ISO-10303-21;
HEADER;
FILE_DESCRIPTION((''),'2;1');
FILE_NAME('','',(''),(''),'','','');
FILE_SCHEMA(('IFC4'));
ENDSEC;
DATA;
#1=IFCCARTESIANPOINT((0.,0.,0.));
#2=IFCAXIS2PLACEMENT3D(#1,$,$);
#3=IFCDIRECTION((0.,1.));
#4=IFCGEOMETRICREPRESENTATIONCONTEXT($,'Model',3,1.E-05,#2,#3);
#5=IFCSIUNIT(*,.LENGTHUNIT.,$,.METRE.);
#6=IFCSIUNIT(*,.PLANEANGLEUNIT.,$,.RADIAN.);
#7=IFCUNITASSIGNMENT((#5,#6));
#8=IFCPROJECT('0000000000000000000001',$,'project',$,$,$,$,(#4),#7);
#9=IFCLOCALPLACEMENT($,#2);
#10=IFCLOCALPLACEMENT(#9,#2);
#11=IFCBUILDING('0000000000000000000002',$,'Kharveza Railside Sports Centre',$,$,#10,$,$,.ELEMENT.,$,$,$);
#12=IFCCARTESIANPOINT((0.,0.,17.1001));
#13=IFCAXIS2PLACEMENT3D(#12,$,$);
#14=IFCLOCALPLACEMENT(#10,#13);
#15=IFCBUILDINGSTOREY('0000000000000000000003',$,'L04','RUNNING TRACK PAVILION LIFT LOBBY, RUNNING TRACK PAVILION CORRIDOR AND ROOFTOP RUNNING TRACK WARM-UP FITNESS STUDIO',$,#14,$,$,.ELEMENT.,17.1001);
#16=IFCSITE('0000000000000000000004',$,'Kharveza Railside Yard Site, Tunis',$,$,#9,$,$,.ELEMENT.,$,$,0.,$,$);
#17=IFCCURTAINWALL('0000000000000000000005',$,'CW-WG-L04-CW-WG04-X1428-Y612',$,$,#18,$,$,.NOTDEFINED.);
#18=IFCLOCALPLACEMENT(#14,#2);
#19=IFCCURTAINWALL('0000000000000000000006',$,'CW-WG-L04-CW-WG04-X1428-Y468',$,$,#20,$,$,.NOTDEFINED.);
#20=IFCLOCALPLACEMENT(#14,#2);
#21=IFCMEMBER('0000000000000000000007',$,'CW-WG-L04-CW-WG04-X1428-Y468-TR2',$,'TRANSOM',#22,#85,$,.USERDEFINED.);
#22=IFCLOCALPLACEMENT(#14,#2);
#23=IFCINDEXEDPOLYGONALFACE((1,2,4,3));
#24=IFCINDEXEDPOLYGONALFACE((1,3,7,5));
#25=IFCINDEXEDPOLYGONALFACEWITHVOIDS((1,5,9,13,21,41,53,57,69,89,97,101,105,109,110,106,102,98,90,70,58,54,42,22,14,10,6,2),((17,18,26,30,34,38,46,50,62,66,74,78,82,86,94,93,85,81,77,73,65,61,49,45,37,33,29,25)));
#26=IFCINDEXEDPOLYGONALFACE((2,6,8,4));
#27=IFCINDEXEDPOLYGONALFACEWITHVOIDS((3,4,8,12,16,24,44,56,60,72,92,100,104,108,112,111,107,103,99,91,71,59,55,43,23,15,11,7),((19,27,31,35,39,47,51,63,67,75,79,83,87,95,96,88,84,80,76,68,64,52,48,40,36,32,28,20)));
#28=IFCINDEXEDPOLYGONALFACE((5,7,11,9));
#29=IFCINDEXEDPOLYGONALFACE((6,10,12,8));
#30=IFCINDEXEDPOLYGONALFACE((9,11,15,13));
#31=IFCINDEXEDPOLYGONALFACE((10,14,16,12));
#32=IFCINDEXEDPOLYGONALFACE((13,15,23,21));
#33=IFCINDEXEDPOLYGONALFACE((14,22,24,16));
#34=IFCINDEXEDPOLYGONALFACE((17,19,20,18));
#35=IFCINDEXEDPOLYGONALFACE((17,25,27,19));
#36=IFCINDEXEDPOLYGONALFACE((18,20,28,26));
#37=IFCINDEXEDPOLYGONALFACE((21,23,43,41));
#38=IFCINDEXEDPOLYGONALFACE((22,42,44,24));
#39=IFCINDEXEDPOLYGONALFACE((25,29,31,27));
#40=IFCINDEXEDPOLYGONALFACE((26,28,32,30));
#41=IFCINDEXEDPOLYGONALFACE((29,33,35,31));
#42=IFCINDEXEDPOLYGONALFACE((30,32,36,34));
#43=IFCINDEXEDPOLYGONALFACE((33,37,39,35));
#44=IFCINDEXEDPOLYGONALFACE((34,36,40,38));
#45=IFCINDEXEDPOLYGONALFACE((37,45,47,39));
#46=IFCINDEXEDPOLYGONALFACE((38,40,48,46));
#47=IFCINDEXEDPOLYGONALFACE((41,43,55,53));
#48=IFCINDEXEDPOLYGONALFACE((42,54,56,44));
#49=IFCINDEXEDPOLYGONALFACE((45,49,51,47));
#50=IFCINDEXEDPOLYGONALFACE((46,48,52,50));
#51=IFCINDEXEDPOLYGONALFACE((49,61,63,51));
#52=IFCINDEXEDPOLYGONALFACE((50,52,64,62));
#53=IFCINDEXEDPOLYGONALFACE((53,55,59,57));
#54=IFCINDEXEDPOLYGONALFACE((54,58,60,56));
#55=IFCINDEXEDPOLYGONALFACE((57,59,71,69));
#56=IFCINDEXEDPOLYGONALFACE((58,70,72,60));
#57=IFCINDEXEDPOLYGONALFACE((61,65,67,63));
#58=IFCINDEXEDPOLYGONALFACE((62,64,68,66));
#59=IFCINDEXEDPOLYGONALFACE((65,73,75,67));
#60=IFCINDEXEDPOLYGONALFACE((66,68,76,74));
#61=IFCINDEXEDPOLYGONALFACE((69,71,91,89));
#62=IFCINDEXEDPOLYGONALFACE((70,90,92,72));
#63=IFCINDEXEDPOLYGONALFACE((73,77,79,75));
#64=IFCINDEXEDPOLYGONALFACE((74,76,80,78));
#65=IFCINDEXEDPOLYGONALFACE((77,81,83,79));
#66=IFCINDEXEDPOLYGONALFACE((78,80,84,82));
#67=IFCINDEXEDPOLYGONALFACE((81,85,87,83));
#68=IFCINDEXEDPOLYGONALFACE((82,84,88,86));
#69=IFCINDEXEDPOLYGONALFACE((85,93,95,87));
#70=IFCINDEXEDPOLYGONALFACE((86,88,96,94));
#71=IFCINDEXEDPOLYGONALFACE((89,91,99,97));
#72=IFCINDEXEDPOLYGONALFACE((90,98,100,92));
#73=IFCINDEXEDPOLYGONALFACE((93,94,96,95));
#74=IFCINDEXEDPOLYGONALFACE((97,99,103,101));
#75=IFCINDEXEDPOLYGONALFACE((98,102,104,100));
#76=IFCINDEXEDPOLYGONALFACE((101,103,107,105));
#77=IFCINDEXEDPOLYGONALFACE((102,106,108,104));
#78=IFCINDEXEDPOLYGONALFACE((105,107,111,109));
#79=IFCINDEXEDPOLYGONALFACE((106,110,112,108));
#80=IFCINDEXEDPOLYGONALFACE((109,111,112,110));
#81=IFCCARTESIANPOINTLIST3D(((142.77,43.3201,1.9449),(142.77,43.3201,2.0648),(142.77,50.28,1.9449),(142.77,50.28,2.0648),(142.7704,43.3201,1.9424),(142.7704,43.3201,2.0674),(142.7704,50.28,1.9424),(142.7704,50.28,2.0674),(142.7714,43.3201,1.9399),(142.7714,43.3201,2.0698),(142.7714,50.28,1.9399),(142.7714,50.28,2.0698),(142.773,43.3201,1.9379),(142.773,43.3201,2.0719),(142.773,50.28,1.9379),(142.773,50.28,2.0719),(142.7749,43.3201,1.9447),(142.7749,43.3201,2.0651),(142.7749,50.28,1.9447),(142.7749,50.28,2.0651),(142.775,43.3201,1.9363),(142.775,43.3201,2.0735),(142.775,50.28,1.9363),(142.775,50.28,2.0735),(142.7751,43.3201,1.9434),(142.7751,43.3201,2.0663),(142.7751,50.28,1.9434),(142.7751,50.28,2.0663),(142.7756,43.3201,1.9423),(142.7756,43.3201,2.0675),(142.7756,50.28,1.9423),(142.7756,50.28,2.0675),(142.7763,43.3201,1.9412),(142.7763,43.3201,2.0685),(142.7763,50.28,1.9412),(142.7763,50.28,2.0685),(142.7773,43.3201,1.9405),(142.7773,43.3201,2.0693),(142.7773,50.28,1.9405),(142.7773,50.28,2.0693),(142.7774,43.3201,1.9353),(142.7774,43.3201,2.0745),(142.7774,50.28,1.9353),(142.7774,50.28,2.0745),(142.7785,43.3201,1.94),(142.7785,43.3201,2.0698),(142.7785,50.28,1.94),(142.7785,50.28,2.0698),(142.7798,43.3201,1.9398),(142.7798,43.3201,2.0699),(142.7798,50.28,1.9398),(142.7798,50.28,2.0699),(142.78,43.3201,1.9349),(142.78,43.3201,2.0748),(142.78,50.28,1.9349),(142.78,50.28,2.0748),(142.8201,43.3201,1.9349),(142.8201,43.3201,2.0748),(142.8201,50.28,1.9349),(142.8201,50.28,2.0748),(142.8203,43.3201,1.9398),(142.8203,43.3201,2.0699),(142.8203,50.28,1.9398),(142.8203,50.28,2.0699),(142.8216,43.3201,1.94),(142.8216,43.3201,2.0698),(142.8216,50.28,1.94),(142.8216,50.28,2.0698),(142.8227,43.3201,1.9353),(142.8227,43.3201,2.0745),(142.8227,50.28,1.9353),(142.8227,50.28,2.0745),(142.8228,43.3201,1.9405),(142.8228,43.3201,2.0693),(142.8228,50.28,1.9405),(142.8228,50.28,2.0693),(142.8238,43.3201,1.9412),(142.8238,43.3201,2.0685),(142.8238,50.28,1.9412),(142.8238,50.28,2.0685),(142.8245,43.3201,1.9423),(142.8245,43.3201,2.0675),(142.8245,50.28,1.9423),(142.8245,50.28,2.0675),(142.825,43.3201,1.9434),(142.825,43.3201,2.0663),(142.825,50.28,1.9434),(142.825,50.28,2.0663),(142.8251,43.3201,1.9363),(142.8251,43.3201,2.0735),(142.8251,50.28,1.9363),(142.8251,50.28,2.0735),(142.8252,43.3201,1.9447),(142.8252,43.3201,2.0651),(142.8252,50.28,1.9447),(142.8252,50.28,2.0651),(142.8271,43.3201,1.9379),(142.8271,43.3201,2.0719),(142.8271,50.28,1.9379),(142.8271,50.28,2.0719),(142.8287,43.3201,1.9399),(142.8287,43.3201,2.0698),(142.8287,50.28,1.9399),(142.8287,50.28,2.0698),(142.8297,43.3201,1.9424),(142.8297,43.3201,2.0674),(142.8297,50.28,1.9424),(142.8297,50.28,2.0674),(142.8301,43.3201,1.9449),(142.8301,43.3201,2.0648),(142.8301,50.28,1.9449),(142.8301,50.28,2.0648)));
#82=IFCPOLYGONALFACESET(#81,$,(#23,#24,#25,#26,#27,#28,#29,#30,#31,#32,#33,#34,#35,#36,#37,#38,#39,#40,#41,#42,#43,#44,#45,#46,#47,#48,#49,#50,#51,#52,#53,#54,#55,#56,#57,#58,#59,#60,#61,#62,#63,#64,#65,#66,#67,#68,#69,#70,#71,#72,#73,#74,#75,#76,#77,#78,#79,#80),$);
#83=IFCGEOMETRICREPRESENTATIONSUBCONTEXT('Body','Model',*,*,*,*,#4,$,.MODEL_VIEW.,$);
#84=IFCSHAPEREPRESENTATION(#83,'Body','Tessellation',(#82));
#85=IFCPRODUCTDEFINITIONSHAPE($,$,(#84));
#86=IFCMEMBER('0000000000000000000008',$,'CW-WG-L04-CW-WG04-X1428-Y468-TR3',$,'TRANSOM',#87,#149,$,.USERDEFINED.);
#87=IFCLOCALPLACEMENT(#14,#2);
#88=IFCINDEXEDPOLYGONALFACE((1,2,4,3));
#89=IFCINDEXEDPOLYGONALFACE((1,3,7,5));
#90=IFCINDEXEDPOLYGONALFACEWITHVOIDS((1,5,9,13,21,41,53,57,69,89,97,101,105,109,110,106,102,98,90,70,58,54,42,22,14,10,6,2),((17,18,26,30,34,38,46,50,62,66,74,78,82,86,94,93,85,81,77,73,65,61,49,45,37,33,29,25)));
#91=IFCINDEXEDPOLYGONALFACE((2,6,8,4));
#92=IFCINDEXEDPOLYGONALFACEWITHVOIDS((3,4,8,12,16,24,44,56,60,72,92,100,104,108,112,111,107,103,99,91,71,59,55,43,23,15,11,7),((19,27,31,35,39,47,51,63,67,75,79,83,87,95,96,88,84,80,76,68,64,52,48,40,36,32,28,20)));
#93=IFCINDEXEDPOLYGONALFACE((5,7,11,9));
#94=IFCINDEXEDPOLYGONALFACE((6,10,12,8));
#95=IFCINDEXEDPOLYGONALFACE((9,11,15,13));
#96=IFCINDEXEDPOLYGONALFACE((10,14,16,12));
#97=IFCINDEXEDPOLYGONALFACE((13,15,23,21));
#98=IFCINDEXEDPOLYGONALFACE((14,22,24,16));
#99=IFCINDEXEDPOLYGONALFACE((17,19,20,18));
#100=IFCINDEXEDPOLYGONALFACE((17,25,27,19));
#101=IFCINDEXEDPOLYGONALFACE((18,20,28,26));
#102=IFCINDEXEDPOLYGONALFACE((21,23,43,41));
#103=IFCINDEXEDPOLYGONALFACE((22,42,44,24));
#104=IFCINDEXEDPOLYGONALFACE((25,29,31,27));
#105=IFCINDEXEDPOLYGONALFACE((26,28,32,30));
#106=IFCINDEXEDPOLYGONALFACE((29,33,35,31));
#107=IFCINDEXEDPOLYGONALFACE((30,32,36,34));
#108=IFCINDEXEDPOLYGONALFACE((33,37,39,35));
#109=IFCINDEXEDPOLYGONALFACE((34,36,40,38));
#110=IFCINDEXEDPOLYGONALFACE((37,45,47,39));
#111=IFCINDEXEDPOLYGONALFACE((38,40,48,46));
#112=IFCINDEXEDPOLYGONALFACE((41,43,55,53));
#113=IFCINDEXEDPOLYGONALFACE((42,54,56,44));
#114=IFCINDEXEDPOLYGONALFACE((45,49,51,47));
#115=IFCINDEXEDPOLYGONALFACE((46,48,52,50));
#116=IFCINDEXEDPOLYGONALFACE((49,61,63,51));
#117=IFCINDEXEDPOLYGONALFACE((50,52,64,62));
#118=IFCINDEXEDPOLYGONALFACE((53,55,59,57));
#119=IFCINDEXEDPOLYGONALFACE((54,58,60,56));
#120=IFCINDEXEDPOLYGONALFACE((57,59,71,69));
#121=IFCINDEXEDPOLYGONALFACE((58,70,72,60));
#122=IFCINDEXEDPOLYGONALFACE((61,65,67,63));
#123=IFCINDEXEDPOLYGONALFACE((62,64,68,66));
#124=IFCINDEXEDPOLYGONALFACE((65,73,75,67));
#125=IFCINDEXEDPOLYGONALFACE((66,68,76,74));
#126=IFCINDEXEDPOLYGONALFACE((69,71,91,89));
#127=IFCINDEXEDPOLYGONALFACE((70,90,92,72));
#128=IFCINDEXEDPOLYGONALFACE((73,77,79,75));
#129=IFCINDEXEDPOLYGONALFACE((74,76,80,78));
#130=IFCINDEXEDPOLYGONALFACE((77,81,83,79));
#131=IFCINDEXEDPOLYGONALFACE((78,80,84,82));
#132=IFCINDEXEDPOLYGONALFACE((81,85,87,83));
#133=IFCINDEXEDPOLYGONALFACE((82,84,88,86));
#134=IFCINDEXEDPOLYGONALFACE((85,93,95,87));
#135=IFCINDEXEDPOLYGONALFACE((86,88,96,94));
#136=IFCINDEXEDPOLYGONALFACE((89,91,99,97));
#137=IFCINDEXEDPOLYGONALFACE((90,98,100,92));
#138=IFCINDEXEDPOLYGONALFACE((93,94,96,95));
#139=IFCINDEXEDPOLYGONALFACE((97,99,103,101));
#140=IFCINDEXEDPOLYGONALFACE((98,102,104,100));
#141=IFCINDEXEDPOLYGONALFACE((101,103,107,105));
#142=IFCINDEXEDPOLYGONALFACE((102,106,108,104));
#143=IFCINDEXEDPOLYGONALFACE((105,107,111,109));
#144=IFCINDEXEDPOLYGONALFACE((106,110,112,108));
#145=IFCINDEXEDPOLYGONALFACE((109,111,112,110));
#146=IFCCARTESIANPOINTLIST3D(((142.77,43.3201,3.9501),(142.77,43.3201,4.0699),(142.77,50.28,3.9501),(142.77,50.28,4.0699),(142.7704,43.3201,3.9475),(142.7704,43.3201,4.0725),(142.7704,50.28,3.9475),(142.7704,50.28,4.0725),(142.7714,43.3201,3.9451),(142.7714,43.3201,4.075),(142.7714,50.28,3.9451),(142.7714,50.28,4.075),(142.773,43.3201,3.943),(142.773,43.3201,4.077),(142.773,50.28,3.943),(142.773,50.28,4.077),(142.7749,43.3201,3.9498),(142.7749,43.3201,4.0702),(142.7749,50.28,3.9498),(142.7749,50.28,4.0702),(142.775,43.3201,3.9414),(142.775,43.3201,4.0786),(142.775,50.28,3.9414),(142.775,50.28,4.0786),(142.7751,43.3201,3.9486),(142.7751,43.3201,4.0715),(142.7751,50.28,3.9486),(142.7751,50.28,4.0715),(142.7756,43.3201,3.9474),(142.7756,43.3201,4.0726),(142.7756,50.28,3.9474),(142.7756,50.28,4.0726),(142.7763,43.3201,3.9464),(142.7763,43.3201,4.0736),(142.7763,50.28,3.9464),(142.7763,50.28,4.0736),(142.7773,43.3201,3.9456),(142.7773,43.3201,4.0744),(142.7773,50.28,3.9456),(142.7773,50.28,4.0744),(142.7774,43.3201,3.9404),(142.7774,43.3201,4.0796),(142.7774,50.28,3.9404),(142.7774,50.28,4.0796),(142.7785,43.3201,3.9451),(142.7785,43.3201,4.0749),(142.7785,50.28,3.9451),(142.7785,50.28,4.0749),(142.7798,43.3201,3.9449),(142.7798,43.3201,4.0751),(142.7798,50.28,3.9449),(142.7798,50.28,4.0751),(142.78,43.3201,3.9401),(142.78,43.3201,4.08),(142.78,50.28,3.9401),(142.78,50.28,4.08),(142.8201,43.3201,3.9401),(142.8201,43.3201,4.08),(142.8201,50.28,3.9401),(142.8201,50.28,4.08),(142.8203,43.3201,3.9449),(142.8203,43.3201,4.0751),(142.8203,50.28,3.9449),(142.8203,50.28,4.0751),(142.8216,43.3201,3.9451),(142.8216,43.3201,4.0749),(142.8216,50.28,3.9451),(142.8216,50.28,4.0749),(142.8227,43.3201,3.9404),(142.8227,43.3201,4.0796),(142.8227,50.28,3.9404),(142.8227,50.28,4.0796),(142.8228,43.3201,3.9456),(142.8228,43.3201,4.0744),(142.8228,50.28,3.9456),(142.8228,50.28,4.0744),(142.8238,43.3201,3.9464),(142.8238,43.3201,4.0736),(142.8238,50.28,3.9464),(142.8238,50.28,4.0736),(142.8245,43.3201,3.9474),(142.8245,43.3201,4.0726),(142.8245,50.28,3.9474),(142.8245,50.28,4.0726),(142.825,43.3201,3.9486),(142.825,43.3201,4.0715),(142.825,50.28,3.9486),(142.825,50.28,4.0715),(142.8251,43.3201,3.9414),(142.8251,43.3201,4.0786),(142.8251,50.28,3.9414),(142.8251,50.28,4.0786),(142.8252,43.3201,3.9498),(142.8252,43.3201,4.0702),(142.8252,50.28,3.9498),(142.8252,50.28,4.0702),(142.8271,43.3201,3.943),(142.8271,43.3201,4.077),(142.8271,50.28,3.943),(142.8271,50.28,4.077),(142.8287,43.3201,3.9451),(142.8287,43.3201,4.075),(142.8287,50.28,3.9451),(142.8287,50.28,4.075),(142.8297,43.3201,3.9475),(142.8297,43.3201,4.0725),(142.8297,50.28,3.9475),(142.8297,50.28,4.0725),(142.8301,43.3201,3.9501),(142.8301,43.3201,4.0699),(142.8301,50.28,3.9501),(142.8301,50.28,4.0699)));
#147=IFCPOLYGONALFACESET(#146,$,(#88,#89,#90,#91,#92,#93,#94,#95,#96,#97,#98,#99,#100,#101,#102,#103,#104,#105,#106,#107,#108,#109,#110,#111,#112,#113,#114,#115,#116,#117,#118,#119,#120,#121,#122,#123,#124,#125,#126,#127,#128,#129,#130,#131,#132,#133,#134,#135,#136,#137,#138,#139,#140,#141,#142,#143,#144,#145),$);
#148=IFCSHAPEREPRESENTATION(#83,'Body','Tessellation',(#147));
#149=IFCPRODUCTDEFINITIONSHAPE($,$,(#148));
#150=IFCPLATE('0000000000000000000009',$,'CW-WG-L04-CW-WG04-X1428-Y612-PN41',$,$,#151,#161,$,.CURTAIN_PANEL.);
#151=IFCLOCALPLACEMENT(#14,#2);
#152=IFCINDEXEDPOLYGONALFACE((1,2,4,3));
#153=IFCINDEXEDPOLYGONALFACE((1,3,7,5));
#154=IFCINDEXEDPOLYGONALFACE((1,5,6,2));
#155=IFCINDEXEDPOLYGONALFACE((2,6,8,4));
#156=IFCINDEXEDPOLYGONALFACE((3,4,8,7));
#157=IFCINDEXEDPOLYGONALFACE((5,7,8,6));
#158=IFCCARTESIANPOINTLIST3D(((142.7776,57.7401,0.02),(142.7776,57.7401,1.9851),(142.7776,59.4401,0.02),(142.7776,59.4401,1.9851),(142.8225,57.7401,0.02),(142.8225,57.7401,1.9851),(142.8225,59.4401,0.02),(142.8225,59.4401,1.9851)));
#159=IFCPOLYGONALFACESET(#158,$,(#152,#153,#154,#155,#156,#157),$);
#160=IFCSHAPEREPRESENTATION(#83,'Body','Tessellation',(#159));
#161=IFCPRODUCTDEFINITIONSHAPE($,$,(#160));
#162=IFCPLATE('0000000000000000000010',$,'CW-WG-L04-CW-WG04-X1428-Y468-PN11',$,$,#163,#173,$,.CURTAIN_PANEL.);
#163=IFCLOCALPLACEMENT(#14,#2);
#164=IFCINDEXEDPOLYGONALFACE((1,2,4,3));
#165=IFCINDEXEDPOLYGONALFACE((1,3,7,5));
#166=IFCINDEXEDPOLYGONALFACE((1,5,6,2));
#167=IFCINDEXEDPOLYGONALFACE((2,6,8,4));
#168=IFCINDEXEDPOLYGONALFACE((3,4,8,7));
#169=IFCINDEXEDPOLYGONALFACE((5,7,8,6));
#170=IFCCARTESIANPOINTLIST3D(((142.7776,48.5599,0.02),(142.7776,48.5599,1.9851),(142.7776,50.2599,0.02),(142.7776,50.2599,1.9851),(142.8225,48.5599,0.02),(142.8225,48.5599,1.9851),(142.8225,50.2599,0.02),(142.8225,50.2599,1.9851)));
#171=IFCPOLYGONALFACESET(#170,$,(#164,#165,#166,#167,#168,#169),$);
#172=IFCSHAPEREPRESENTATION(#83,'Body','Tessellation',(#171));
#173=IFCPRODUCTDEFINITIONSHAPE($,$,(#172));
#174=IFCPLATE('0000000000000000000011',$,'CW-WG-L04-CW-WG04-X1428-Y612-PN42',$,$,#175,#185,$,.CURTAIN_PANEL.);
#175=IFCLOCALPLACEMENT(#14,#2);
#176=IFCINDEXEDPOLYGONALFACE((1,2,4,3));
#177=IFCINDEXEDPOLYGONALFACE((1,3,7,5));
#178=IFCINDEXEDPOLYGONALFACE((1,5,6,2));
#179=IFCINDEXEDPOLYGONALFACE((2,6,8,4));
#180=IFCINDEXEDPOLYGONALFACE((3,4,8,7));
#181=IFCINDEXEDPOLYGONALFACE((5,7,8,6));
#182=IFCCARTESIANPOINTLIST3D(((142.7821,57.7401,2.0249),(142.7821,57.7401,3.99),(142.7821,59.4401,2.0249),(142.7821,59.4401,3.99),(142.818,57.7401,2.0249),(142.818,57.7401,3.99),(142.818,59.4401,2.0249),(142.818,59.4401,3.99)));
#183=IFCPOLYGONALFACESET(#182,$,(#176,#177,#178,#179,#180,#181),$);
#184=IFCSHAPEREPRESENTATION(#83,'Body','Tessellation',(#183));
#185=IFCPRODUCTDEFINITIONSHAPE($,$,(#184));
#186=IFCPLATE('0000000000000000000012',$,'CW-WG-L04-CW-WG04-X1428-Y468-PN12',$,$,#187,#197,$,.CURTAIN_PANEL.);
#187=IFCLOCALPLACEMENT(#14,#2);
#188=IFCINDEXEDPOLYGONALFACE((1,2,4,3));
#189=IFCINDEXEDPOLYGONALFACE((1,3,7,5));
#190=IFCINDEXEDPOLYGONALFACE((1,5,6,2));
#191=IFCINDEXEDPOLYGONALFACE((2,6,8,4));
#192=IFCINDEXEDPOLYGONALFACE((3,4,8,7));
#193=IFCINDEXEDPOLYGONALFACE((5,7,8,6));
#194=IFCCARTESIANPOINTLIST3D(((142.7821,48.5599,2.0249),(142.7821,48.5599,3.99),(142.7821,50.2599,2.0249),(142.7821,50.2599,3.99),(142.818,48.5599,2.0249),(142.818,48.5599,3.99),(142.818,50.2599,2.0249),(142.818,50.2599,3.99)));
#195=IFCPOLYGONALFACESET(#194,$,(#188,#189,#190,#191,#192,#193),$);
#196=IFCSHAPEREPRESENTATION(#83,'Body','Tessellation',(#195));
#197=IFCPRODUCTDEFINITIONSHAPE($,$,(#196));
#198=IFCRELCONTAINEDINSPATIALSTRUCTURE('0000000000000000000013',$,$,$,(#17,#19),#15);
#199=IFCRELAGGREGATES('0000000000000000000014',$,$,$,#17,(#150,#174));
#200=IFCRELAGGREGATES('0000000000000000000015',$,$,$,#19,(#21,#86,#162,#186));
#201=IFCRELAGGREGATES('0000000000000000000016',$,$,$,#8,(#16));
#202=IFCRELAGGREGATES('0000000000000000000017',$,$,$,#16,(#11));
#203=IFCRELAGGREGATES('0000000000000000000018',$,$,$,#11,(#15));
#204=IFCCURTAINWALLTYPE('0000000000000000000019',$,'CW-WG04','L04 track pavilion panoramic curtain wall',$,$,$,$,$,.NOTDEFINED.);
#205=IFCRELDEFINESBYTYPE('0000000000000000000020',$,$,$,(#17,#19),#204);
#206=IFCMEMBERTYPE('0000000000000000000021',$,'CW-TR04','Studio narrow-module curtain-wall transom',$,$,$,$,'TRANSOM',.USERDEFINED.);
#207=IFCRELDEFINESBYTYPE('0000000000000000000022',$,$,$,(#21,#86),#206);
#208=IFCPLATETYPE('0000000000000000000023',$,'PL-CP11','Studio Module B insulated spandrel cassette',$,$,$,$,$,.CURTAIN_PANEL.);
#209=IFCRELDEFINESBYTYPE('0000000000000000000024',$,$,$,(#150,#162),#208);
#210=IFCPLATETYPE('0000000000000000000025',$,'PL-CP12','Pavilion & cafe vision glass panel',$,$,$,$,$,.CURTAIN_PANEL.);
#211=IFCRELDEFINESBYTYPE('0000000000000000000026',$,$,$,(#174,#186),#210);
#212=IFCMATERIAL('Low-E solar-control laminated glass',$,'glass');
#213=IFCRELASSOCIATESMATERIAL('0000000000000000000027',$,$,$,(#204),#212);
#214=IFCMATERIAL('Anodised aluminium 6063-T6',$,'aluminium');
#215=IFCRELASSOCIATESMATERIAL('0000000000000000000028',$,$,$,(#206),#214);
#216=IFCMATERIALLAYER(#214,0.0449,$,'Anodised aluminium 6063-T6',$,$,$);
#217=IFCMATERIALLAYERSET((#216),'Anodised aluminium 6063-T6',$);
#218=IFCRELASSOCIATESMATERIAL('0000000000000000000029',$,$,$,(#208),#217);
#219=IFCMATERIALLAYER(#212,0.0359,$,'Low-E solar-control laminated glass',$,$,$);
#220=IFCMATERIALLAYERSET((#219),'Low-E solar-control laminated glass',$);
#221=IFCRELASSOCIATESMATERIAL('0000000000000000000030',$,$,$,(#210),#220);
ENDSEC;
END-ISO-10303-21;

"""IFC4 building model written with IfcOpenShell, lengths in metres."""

from ifc_helpers import new_model, si_unit, direction, frame, origin, origin_2d, place, context, subcontext, project, spatial, rectangle, hollow_rectangle, extrude, material, layer, layer_set, material_profile, profile_set, type_object, element, aggregate, save


model = new_model("IFC4")

# Units and contexts
model_context = context("Model", 3, precision=1e-05, world=origin(), true_north=direction((0.0, 1.0)))
body_context = subcontext(model_context, "Body", "Model", "MODEL_VIEW")
ifc_project = project(units=[si_unit("LENGTHUNIT", "METRE"), si_unit("PLANEANGLEUNIT", "RADIAN")], contexts=[model_context])

# Site, building, storey
site_placement = place(None, origin())
site = spatial("IfcSite", under=ifc_project, at=site_placement, Name="Kharveza Railside Yard Site, Tunis", CompositionType="ELEMENT", RefElevation=0.0)
building_placement = place(site_placement, origin())
building = spatial("IfcBuilding", under=site, at=building_placement, Name="Kharveza Railside Sports Centre", CompositionType="ELEMENT")
storey_placement = place(building_placement, frame((0.0, 0.0, 17.1001)))
storey = spatial("IfcBuildingStorey", under=building, at=storey_placement, Name="L04", Description="RUNNING TRACK PAVILION LIFT LOBBY, RUNNING TRACK PAVILION CORRIDOR AND ROOFTOP RUNNING TRACK WARM-UP FITNESS STUDIO", CompositionType="ELEMENT", Elevation=17.1001)

# Curtain wall
ifc_material_1 = material(Name="Low-E solar-control laminated glass", Category="glass")
curtain_wall_type = type_object("IfcCurtainWallType", Name="CW-WG04", Description="L04 track pavilion panoramic curtain wall", PredefinedType="NOTDEFINED", material=ifc_material_1)
curtain_wall_1_placement = place(storey_placement, origin())
curtain_wall_1 = element("IfcCurtainWall", 1, at=curtain_wall_1_placement, inside=storey, type_object=curtain_wall_type, Name="CW-WG-L04-CW-WG04-X1428-Y612", PredefinedType="NOTDEFINED")
ifc_material_2 = material(Name="Anodised aluminium 6063-T6", Category="aluminium")

# Curtain wall, members
curtain_wall_2_placement = place(storey_placement, origin())
curtain_wall_2 = element("IfcCurtainWall", 2, at=curtain_wall_2_placement, inside=storey, type_object=curtain_wall_type, Name="CW-WG-L04-CW-WG04-X1428-Y468", PredefinedType="NOTDEFINED")
ifc_material_profile_1 = material_profile(ifc_material_2, hollow_rectangle(XDim=0.0601, YDim=0.1399, WallThickness=0.0049, InnerFilletRadius=0.0049, OuterFilletRadius=0.01, at=origin_2d()), Name="RHS 60x140x5.0")
ifc_profile_set_1 = profile_set([ifc_material_profile_1], Name="Anodised aluminium 6063-T6")
member_type_1 = type_object("IfcMemberType", Name="CW-TR04", Description="Studio narrow-module curtain-wall transom", ElementType="TRANSOM", PredefinedType="USERDEFINED", material=ifc_profile_set_1)
member_1_placement = place(storey_placement, frame((142.8, 50.28, 2.0049), z_axis=(0.0, -1.0, 0.0), x_axis=(1.0, 0.0, 0.0)))
member_1 = element("IfcMember", 3, at=member_1_placement, type_object=member_type_1, Name="CW-WG-L04-CW-WG04-X1428-Y468-TR2", ObjectType="TRANSOM", PredefinedType="USERDEFINED", context=body_context, shape_type="SweptSolid", body=[
    extrude(hollow_rectangle(XDim=0.0601, YDim=0.1399, WallThickness=0.0049, InnerFilletRadius=0.0049, OuterFilletRadius=0.01, at=origin_2d()), origin(), (0.0, 0.0, 1.0), 6.96),
])
member_2_placement = place(storey_placement, frame((142.8, 50.28, 4.01), z_axis=(0.0, -1.0, 0.0), x_axis=(1.0, 0.0, 0.0)))
member_2 = element("IfcMember", 4, at=member_2_placement, type_object=member_type_1, Name="CW-WG-L04-CW-WG04-X1428-Y468-TR3", ObjectType="TRANSOM", PredefinedType="USERDEFINED", context=body_context, shape_type="SweptSolid", body=[
    extrude(hollow_rectangle(XDim=0.0601, YDim=0.1399, WallThickness=0.0049, InnerFilletRadius=0.0049, OuterFilletRadius=0.01, at=origin_2d()), origin(), (0.0, 0.0, 1.0), 6.96),
])

# Plates
ifc_layer_1 = layer(ifc_material_2, 0.0449, Name="Anodised aluminium 6063-T6")
ifc_layer_set_1 = layer_set([ifc_layer_1], Name="Anodised aluminium 6063-T6")
plate_type_1 = type_object("IfcPlateType", Name="PL-CP11", Description="Studio Module B insulated spandrel cassette", PredefinedType="CURTAIN_PANEL", material=ifc_layer_set_1)
plate_1_placement = place(storey_placement, frame((142.8, 58.5901, 0.02), z_axis=(0.0, 0.0, 1.0), x_axis=(0.0, -1.0, 0.0)))
plate_1 = element("IfcPlate", 5, at=plate_1_placement, type_object=plate_type_1, Name="CW-WG-L04-CW-WG04-X1428-Y612-PN41", PredefinedType="CURTAIN_PANEL", context=body_context, shape_type="SweptSolid", body=[
    extrude(rectangle(XDim=1.7, YDim=0.0449, at=origin_2d()), origin(), (0.0, 0.0, 1.0), 1.9651),
])
plate_2_placement = place(storey_placement, frame((142.8, 49.4099, 0.02), z_axis=(0.0, 0.0, 1.0), x_axis=(0.0, -1.0, 0.0)))
plate_2 = element("IfcPlate", 6, at=plate_2_placement, type_object=plate_type_1, Name="CW-WG-L04-CW-WG04-X1428-Y468-PN11", PredefinedType="CURTAIN_PANEL", context=body_context, shape_type="SweptSolid", body=[
    extrude(rectangle(XDim=1.7, YDim=0.0449, at=origin_2d()), origin(), (0.0, 0.0, 1.0), 1.9651),
])
ifc_layer_2 = layer(ifc_material_1, 0.0359, Name="Low-E solar-control laminated glass")
ifc_layer_set_2 = layer_set([ifc_layer_2], Name="Low-E solar-control laminated glass")
plate_type_2 = type_object("IfcPlateType", Name="PL-CP12", Description="Pavilion & cafe vision glass panel", PredefinedType="CURTAIN_PANEL", material=ifc_layer_set_2)
plate_3_placement = place(storey_placement, frame((142.8, 58.5901, 2.0249), z_axis=(0.0, 0.0, 1.0), x_axis=(0.0, -1.0, 0.0)))
plate_3 = element("IfcPlate", 7, at=plate_3_placement, type_object=plate_type_2, Name="CW-WG-L04-CW-WG04-X1428-Y612-PN42", PredefinedType="CURTAIN_PANEL", context=body_context, shape_type="SweptSolid", body=[
    extrude(rectangle(XDim=1.7, YDim=0.0359, at=origin_2d()), origin(), (0.0, 0.0, 1.0), 1.9651),
])
aggregate(curtain_wall_1, [plate_1, plate_3])
plate_4_placement = place(storey_placement, frame((142.8, 49.4099, 2.0249), z_axis=(0.0, 0.0, 1.0), x_axis=(0.0, -1.0, 0.0)))
plate_4 = element("IfcPlate", 8, at=plate_4_placement, type_object=plate_type_2, Name="CW-WG-L04-CW-WG04-X1428-Y468-PN12", PredefinedType="CURTAIN_PANEL", context=body_context, shape_type="SweptSolid", body=[
    extrude(rectangle(XDim=1.7, YDim=0.0359, at=origin_2d()), origin(), (0.0, 0.0, 1.0), 1.9651),
])
aggregate(curtain_wall_2, [member_1, member_2, plate_2, plate_4])

save(model, "model.ifc")
